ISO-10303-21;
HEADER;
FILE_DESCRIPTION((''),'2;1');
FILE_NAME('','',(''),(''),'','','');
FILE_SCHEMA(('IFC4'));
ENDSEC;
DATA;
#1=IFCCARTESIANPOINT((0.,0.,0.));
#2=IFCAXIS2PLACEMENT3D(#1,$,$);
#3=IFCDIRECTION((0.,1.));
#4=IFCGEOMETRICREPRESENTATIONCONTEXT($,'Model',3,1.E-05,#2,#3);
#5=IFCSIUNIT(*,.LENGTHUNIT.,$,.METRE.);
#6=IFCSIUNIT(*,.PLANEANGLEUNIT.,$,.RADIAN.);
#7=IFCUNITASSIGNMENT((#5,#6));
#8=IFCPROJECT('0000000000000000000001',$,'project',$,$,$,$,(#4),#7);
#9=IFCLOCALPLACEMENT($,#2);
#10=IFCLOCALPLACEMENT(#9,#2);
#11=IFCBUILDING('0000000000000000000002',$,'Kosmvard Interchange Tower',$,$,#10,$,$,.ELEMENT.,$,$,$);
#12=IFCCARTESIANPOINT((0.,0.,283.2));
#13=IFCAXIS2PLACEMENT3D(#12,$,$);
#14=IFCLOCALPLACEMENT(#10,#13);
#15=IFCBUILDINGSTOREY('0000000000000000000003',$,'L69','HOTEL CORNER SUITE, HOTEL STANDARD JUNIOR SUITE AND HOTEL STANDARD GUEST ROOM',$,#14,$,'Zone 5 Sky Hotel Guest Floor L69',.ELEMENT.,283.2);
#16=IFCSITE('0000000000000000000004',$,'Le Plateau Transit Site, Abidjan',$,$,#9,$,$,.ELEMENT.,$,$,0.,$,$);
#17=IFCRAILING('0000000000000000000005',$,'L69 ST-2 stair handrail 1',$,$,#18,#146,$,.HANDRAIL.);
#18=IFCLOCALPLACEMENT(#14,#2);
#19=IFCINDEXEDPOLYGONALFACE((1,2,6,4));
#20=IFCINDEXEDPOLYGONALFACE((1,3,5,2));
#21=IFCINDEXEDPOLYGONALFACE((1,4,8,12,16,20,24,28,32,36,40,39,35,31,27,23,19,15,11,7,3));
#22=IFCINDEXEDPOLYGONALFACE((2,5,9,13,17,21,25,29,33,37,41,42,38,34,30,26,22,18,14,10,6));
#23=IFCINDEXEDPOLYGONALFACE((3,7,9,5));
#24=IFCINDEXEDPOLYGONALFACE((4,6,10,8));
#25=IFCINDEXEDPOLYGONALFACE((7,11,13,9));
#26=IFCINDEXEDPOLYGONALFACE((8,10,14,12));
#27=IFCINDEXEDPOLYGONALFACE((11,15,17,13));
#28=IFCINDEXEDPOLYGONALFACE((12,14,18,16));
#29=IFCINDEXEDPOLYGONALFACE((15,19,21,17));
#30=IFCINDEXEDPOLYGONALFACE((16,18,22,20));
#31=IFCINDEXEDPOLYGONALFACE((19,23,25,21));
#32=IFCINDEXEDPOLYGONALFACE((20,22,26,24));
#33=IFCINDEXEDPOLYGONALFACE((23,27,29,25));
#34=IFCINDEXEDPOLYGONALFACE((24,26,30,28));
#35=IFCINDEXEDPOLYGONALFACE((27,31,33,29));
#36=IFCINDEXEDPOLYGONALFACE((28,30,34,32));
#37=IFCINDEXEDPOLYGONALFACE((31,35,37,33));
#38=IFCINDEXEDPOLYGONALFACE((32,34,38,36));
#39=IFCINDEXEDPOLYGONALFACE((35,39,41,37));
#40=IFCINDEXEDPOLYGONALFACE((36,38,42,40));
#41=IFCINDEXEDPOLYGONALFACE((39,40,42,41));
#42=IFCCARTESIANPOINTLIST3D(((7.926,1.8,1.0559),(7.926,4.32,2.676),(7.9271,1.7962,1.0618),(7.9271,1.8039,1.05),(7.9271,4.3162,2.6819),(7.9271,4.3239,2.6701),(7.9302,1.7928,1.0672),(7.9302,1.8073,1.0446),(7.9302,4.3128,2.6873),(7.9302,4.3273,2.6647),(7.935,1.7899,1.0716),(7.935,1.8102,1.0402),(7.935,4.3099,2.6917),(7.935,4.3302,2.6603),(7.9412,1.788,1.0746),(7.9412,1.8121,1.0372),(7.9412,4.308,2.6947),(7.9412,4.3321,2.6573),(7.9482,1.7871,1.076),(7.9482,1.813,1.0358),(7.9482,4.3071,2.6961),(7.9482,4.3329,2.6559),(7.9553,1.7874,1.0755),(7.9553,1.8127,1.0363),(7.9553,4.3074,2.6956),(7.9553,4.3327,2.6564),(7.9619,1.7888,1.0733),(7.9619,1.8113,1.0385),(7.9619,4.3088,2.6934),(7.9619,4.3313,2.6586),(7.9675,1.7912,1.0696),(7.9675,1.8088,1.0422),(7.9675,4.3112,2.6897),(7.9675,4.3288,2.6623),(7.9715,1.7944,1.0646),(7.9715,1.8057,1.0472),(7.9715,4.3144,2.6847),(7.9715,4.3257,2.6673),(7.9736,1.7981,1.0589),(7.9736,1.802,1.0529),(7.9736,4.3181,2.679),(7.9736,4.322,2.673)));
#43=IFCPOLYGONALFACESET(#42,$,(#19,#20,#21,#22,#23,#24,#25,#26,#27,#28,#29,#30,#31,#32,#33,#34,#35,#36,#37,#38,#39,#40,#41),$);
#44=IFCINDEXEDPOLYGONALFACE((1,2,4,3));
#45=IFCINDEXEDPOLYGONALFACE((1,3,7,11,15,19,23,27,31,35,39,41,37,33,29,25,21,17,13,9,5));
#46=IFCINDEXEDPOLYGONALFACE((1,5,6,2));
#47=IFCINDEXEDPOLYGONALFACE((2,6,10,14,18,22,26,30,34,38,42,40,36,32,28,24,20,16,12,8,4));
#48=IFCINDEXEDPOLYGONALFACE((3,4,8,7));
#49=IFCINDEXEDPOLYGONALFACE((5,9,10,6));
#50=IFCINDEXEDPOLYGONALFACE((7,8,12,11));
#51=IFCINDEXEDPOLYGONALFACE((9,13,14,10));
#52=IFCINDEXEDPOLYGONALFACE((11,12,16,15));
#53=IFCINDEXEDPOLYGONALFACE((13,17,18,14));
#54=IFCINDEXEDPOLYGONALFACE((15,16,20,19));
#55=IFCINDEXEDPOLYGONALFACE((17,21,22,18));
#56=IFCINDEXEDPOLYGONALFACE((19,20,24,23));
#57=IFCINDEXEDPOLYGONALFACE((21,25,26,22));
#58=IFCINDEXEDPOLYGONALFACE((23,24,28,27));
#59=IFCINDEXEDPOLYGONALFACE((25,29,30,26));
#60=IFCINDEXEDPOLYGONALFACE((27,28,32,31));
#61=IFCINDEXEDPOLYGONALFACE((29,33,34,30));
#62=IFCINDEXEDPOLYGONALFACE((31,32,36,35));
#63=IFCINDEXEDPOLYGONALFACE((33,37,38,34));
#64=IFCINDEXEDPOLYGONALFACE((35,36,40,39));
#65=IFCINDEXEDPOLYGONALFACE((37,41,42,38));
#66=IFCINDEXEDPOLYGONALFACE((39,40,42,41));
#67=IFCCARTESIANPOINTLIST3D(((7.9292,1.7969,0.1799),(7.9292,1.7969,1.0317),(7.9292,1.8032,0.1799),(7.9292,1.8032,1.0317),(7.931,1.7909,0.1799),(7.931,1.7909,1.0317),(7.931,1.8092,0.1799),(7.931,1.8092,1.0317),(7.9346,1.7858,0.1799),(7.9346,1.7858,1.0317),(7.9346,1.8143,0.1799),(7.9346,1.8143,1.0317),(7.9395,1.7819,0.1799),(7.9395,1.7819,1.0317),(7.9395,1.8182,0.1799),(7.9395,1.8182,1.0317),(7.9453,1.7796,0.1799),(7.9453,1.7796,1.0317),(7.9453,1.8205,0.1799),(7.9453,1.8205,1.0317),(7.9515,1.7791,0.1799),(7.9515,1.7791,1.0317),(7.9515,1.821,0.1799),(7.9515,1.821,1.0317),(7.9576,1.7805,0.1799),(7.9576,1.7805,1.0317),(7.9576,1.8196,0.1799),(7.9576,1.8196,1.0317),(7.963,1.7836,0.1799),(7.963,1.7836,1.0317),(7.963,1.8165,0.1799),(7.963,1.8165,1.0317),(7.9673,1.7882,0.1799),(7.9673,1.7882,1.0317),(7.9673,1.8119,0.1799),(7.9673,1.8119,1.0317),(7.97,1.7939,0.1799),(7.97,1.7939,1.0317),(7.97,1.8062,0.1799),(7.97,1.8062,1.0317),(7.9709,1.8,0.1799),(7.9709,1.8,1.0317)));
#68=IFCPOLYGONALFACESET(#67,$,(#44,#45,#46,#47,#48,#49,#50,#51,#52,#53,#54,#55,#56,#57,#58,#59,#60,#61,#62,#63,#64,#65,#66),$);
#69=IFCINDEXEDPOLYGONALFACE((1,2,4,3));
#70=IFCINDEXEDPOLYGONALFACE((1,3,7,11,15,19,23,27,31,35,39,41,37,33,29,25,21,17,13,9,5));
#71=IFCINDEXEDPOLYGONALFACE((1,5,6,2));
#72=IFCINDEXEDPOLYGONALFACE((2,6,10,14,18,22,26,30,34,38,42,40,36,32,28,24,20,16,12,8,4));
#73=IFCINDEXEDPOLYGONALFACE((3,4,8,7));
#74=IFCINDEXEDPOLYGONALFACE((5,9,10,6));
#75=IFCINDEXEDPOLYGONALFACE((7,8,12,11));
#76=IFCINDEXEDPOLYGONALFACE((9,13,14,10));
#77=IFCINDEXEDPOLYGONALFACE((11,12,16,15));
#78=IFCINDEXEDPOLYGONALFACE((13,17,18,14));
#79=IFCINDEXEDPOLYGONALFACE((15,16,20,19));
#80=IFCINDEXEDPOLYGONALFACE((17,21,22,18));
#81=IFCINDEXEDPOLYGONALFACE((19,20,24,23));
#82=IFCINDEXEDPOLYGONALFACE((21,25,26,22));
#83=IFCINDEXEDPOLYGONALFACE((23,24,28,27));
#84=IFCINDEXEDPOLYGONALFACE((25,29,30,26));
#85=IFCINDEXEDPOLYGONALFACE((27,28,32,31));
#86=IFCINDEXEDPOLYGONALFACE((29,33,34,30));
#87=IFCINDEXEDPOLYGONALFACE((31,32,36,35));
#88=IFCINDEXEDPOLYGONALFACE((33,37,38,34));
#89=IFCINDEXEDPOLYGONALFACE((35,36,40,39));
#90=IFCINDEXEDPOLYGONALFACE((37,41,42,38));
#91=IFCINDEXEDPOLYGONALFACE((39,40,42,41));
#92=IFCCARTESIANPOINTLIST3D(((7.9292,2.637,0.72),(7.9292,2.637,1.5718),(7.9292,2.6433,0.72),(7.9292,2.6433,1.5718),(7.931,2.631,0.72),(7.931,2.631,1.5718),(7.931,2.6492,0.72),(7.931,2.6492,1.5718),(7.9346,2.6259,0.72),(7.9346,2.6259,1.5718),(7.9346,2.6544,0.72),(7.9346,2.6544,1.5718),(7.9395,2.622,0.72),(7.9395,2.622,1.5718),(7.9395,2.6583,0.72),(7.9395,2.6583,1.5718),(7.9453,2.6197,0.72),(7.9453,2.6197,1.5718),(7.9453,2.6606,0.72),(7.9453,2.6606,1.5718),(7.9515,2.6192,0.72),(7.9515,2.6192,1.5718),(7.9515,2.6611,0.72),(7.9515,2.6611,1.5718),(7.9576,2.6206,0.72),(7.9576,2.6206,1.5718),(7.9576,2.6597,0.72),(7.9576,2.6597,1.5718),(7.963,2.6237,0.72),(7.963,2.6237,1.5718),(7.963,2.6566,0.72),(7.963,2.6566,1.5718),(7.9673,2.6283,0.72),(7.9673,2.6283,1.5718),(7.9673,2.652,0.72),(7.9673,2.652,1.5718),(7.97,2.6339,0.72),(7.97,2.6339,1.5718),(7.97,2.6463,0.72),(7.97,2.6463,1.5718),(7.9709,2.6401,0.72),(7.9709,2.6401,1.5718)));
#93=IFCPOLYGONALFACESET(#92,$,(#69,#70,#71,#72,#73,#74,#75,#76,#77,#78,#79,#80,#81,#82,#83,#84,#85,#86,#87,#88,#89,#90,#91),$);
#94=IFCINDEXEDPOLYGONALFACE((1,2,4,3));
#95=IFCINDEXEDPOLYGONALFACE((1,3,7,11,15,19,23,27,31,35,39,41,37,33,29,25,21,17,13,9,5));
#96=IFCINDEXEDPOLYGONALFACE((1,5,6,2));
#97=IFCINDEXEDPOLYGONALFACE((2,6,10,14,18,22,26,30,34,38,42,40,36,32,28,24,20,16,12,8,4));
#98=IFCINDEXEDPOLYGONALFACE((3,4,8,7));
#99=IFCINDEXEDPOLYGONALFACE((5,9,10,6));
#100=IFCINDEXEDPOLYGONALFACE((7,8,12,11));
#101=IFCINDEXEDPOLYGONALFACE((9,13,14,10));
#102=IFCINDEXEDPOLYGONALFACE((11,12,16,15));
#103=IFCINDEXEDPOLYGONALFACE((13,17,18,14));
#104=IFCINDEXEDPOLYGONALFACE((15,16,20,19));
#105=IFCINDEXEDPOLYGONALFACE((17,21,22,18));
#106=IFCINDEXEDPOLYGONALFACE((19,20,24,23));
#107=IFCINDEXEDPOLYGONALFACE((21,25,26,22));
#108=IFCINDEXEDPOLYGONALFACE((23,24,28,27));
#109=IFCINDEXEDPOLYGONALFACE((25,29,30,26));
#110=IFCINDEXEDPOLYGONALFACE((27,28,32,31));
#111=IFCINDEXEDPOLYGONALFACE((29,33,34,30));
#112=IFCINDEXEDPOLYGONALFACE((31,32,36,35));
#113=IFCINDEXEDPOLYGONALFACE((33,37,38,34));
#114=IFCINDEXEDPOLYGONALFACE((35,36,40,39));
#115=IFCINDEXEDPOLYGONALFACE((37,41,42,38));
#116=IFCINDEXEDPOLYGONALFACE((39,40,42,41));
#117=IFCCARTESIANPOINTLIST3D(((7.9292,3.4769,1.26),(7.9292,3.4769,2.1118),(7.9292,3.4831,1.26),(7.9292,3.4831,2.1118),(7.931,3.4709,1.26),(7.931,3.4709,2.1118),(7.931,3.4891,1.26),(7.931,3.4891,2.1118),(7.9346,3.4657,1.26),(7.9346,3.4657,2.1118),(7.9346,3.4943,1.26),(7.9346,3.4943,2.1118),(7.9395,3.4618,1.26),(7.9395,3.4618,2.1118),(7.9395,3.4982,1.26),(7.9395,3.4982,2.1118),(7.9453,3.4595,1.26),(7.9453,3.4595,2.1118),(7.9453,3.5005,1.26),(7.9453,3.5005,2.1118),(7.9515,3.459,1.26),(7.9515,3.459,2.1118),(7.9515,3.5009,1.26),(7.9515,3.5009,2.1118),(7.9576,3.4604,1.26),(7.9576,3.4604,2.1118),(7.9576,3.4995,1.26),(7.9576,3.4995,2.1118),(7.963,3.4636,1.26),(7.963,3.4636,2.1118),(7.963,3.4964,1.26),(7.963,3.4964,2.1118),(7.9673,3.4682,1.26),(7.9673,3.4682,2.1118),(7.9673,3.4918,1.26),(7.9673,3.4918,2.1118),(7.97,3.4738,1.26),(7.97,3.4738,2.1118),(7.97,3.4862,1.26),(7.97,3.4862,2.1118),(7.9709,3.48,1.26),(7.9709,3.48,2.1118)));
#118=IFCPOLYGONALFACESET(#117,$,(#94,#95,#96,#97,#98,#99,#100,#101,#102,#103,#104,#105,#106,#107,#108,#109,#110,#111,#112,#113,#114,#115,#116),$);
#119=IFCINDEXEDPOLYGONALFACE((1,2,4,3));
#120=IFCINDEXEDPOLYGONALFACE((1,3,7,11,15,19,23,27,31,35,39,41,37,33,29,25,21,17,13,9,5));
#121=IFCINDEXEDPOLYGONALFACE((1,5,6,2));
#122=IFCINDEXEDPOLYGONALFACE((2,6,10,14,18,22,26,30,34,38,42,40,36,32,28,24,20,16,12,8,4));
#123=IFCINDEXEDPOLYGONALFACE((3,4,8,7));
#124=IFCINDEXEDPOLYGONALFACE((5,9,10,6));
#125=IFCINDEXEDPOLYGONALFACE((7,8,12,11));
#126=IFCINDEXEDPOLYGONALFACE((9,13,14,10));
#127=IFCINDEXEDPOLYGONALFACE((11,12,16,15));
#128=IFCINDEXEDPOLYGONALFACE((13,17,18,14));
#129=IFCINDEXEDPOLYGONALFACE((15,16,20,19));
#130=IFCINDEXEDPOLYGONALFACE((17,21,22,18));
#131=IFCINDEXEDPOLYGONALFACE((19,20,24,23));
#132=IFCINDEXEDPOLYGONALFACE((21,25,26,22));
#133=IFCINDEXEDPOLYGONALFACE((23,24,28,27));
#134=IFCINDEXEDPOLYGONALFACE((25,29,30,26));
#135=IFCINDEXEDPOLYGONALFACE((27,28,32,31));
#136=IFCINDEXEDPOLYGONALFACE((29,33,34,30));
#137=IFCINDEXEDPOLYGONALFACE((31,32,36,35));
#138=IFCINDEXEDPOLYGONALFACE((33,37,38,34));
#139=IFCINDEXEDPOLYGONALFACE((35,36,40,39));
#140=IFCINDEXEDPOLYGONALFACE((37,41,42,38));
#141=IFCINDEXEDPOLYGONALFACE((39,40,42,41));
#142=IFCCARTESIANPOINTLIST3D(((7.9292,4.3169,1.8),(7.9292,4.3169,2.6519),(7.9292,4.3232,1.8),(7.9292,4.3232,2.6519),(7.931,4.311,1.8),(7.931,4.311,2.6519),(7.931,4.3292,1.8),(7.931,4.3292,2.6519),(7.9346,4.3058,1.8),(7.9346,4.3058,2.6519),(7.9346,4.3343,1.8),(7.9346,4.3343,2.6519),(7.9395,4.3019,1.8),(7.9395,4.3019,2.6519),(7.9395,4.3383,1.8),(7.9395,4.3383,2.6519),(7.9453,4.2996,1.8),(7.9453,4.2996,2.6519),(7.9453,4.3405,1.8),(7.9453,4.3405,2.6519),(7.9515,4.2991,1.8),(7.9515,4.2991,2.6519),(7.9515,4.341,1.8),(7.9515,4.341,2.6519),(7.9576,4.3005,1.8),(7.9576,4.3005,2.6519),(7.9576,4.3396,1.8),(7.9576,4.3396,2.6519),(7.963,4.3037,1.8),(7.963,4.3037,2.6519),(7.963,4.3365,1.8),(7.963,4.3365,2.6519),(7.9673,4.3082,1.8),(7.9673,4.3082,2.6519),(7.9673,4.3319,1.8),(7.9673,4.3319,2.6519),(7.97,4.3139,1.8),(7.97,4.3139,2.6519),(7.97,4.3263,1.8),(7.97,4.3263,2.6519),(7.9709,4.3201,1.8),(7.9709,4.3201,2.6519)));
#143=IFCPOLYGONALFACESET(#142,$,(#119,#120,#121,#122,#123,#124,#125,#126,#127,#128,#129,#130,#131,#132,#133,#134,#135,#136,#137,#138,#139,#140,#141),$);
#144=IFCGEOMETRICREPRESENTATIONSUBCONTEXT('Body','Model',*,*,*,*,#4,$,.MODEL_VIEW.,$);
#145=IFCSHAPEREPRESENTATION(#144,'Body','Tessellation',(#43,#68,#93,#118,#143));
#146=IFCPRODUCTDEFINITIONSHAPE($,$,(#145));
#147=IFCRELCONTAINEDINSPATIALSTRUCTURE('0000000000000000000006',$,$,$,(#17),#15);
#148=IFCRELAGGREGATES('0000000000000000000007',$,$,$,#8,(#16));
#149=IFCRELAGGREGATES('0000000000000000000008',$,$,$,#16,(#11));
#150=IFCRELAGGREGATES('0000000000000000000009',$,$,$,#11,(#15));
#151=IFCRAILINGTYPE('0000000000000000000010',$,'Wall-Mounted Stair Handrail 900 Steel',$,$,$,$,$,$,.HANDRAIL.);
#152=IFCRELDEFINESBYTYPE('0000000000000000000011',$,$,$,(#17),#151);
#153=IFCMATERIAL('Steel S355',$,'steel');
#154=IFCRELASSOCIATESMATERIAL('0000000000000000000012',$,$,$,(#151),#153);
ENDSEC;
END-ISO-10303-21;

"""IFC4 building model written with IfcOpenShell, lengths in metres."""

from ifc_helpers import new_model, si_unit, direction, frame, origin, origin_2d, place, context, subcontext, project, spatial, circle, extrude, source, transform, mapped, material, type_object, element, save


model = new_model("IFC4")

# Units and contexts
model_context = context("Model", 3, precision=1e-05, world=origin(), true_north=direction((0.0, 1.0)))
body_context = subcontext(model_context, "Body", "Model", "MODEL_VIEW")
ifc_project = project(units=[si_unit("LENGTHUNIT", "METRE"), si_unit("PLANEANGLEUNIT", "RADIAN")], contexts=[model_context])

# Site, building, storey
site_placement = place(None, origin())
site = spatial("IfcSite", under=ifc_project, at=site_placement, Name="Le Plateau Transit Site, Abidjan", CompositionType="ELEMENT", RefElevation=0.0)
building_placement = place(site_placement, origin())
building = spatial("IfcBuilding", under=site, at=building_placement, Name="Kosmvard Interchange Tower", CompositionType="ELEMENT")
storey_placement = place(building_placement, frame((0.0, 0.0, 283.2)))
storey = spatial("IfcBuildingStorey", under=building, at=storey_placement, Name="L69", Description="HOTEL CORNER SUITE, HOTEL STANDARD JUNIOR SUITE AND HOTEL STANDARD GUEST ROOM", LongName="Zone 5 Sky Hotel Guest Floor L69", CompositionType="ELEMENT", Elevation=283.2)

# Shared definitions
ifc_material_1 = material(Name="Steel S355", Category="steel")

# Railing
railing_type_1 = type_object("IfcRailingType", Name="Wall-Mounted Stair Handrail 900 Steel", PredefinedType="HANDRAIL", material=ifc_material_1)
shared_shape_1 = source(origin(), body_context, "Body", "SweptSolid", [
    extrude(circle(Radius=0.0239, at=origin_2d()), frame((0.0, 0.0, 0.876), z_axis=(0.0, 0.841163, 0.540782), x_axis=(-1.0, 0.0, 0.0)), (0.0, 0.0, 1.0), 2.9958),
    extrude(circle(Radius=0.021, at=origin_2d()), origin(), (0.0, 0.0, 1.0), 0.8518),
    extrude(circle(Radius=0.021, at=origin_2d()), frame((0.0, 0.8401, 0.54)), (0.0, 0.0, 1.0), 0.8518),
    extrude(circle(Radius=0.021, at=origin_2d()), frame((0.0, 1.6799, 1.0801)), (0.0, 0.0, 1.0), 0.8518),
    extrude(circle(Radius=0.021, at=origin_2d()), frame((0.0, 2.52, 1.6201)), (0.0, 0.0, 1.0), 0.8518),
])
railing_1_placement = place(storey_placement, frame((7.95, 1.8, 0.1799)))
element("IfcRailing", 1, at=railing_1_placement, inside=storey, type_object=railing_type_1, Name="L69 ST-2 stair handrail 1", PredefinedType="HANDRAIL", context=body_context, shape_type="MappedRepresentation", body=[
    mapped(shared_shape_1, transform((0.0, 0.0, 0.0), scale=1.0)),
])

save(model, "model.ifc")
